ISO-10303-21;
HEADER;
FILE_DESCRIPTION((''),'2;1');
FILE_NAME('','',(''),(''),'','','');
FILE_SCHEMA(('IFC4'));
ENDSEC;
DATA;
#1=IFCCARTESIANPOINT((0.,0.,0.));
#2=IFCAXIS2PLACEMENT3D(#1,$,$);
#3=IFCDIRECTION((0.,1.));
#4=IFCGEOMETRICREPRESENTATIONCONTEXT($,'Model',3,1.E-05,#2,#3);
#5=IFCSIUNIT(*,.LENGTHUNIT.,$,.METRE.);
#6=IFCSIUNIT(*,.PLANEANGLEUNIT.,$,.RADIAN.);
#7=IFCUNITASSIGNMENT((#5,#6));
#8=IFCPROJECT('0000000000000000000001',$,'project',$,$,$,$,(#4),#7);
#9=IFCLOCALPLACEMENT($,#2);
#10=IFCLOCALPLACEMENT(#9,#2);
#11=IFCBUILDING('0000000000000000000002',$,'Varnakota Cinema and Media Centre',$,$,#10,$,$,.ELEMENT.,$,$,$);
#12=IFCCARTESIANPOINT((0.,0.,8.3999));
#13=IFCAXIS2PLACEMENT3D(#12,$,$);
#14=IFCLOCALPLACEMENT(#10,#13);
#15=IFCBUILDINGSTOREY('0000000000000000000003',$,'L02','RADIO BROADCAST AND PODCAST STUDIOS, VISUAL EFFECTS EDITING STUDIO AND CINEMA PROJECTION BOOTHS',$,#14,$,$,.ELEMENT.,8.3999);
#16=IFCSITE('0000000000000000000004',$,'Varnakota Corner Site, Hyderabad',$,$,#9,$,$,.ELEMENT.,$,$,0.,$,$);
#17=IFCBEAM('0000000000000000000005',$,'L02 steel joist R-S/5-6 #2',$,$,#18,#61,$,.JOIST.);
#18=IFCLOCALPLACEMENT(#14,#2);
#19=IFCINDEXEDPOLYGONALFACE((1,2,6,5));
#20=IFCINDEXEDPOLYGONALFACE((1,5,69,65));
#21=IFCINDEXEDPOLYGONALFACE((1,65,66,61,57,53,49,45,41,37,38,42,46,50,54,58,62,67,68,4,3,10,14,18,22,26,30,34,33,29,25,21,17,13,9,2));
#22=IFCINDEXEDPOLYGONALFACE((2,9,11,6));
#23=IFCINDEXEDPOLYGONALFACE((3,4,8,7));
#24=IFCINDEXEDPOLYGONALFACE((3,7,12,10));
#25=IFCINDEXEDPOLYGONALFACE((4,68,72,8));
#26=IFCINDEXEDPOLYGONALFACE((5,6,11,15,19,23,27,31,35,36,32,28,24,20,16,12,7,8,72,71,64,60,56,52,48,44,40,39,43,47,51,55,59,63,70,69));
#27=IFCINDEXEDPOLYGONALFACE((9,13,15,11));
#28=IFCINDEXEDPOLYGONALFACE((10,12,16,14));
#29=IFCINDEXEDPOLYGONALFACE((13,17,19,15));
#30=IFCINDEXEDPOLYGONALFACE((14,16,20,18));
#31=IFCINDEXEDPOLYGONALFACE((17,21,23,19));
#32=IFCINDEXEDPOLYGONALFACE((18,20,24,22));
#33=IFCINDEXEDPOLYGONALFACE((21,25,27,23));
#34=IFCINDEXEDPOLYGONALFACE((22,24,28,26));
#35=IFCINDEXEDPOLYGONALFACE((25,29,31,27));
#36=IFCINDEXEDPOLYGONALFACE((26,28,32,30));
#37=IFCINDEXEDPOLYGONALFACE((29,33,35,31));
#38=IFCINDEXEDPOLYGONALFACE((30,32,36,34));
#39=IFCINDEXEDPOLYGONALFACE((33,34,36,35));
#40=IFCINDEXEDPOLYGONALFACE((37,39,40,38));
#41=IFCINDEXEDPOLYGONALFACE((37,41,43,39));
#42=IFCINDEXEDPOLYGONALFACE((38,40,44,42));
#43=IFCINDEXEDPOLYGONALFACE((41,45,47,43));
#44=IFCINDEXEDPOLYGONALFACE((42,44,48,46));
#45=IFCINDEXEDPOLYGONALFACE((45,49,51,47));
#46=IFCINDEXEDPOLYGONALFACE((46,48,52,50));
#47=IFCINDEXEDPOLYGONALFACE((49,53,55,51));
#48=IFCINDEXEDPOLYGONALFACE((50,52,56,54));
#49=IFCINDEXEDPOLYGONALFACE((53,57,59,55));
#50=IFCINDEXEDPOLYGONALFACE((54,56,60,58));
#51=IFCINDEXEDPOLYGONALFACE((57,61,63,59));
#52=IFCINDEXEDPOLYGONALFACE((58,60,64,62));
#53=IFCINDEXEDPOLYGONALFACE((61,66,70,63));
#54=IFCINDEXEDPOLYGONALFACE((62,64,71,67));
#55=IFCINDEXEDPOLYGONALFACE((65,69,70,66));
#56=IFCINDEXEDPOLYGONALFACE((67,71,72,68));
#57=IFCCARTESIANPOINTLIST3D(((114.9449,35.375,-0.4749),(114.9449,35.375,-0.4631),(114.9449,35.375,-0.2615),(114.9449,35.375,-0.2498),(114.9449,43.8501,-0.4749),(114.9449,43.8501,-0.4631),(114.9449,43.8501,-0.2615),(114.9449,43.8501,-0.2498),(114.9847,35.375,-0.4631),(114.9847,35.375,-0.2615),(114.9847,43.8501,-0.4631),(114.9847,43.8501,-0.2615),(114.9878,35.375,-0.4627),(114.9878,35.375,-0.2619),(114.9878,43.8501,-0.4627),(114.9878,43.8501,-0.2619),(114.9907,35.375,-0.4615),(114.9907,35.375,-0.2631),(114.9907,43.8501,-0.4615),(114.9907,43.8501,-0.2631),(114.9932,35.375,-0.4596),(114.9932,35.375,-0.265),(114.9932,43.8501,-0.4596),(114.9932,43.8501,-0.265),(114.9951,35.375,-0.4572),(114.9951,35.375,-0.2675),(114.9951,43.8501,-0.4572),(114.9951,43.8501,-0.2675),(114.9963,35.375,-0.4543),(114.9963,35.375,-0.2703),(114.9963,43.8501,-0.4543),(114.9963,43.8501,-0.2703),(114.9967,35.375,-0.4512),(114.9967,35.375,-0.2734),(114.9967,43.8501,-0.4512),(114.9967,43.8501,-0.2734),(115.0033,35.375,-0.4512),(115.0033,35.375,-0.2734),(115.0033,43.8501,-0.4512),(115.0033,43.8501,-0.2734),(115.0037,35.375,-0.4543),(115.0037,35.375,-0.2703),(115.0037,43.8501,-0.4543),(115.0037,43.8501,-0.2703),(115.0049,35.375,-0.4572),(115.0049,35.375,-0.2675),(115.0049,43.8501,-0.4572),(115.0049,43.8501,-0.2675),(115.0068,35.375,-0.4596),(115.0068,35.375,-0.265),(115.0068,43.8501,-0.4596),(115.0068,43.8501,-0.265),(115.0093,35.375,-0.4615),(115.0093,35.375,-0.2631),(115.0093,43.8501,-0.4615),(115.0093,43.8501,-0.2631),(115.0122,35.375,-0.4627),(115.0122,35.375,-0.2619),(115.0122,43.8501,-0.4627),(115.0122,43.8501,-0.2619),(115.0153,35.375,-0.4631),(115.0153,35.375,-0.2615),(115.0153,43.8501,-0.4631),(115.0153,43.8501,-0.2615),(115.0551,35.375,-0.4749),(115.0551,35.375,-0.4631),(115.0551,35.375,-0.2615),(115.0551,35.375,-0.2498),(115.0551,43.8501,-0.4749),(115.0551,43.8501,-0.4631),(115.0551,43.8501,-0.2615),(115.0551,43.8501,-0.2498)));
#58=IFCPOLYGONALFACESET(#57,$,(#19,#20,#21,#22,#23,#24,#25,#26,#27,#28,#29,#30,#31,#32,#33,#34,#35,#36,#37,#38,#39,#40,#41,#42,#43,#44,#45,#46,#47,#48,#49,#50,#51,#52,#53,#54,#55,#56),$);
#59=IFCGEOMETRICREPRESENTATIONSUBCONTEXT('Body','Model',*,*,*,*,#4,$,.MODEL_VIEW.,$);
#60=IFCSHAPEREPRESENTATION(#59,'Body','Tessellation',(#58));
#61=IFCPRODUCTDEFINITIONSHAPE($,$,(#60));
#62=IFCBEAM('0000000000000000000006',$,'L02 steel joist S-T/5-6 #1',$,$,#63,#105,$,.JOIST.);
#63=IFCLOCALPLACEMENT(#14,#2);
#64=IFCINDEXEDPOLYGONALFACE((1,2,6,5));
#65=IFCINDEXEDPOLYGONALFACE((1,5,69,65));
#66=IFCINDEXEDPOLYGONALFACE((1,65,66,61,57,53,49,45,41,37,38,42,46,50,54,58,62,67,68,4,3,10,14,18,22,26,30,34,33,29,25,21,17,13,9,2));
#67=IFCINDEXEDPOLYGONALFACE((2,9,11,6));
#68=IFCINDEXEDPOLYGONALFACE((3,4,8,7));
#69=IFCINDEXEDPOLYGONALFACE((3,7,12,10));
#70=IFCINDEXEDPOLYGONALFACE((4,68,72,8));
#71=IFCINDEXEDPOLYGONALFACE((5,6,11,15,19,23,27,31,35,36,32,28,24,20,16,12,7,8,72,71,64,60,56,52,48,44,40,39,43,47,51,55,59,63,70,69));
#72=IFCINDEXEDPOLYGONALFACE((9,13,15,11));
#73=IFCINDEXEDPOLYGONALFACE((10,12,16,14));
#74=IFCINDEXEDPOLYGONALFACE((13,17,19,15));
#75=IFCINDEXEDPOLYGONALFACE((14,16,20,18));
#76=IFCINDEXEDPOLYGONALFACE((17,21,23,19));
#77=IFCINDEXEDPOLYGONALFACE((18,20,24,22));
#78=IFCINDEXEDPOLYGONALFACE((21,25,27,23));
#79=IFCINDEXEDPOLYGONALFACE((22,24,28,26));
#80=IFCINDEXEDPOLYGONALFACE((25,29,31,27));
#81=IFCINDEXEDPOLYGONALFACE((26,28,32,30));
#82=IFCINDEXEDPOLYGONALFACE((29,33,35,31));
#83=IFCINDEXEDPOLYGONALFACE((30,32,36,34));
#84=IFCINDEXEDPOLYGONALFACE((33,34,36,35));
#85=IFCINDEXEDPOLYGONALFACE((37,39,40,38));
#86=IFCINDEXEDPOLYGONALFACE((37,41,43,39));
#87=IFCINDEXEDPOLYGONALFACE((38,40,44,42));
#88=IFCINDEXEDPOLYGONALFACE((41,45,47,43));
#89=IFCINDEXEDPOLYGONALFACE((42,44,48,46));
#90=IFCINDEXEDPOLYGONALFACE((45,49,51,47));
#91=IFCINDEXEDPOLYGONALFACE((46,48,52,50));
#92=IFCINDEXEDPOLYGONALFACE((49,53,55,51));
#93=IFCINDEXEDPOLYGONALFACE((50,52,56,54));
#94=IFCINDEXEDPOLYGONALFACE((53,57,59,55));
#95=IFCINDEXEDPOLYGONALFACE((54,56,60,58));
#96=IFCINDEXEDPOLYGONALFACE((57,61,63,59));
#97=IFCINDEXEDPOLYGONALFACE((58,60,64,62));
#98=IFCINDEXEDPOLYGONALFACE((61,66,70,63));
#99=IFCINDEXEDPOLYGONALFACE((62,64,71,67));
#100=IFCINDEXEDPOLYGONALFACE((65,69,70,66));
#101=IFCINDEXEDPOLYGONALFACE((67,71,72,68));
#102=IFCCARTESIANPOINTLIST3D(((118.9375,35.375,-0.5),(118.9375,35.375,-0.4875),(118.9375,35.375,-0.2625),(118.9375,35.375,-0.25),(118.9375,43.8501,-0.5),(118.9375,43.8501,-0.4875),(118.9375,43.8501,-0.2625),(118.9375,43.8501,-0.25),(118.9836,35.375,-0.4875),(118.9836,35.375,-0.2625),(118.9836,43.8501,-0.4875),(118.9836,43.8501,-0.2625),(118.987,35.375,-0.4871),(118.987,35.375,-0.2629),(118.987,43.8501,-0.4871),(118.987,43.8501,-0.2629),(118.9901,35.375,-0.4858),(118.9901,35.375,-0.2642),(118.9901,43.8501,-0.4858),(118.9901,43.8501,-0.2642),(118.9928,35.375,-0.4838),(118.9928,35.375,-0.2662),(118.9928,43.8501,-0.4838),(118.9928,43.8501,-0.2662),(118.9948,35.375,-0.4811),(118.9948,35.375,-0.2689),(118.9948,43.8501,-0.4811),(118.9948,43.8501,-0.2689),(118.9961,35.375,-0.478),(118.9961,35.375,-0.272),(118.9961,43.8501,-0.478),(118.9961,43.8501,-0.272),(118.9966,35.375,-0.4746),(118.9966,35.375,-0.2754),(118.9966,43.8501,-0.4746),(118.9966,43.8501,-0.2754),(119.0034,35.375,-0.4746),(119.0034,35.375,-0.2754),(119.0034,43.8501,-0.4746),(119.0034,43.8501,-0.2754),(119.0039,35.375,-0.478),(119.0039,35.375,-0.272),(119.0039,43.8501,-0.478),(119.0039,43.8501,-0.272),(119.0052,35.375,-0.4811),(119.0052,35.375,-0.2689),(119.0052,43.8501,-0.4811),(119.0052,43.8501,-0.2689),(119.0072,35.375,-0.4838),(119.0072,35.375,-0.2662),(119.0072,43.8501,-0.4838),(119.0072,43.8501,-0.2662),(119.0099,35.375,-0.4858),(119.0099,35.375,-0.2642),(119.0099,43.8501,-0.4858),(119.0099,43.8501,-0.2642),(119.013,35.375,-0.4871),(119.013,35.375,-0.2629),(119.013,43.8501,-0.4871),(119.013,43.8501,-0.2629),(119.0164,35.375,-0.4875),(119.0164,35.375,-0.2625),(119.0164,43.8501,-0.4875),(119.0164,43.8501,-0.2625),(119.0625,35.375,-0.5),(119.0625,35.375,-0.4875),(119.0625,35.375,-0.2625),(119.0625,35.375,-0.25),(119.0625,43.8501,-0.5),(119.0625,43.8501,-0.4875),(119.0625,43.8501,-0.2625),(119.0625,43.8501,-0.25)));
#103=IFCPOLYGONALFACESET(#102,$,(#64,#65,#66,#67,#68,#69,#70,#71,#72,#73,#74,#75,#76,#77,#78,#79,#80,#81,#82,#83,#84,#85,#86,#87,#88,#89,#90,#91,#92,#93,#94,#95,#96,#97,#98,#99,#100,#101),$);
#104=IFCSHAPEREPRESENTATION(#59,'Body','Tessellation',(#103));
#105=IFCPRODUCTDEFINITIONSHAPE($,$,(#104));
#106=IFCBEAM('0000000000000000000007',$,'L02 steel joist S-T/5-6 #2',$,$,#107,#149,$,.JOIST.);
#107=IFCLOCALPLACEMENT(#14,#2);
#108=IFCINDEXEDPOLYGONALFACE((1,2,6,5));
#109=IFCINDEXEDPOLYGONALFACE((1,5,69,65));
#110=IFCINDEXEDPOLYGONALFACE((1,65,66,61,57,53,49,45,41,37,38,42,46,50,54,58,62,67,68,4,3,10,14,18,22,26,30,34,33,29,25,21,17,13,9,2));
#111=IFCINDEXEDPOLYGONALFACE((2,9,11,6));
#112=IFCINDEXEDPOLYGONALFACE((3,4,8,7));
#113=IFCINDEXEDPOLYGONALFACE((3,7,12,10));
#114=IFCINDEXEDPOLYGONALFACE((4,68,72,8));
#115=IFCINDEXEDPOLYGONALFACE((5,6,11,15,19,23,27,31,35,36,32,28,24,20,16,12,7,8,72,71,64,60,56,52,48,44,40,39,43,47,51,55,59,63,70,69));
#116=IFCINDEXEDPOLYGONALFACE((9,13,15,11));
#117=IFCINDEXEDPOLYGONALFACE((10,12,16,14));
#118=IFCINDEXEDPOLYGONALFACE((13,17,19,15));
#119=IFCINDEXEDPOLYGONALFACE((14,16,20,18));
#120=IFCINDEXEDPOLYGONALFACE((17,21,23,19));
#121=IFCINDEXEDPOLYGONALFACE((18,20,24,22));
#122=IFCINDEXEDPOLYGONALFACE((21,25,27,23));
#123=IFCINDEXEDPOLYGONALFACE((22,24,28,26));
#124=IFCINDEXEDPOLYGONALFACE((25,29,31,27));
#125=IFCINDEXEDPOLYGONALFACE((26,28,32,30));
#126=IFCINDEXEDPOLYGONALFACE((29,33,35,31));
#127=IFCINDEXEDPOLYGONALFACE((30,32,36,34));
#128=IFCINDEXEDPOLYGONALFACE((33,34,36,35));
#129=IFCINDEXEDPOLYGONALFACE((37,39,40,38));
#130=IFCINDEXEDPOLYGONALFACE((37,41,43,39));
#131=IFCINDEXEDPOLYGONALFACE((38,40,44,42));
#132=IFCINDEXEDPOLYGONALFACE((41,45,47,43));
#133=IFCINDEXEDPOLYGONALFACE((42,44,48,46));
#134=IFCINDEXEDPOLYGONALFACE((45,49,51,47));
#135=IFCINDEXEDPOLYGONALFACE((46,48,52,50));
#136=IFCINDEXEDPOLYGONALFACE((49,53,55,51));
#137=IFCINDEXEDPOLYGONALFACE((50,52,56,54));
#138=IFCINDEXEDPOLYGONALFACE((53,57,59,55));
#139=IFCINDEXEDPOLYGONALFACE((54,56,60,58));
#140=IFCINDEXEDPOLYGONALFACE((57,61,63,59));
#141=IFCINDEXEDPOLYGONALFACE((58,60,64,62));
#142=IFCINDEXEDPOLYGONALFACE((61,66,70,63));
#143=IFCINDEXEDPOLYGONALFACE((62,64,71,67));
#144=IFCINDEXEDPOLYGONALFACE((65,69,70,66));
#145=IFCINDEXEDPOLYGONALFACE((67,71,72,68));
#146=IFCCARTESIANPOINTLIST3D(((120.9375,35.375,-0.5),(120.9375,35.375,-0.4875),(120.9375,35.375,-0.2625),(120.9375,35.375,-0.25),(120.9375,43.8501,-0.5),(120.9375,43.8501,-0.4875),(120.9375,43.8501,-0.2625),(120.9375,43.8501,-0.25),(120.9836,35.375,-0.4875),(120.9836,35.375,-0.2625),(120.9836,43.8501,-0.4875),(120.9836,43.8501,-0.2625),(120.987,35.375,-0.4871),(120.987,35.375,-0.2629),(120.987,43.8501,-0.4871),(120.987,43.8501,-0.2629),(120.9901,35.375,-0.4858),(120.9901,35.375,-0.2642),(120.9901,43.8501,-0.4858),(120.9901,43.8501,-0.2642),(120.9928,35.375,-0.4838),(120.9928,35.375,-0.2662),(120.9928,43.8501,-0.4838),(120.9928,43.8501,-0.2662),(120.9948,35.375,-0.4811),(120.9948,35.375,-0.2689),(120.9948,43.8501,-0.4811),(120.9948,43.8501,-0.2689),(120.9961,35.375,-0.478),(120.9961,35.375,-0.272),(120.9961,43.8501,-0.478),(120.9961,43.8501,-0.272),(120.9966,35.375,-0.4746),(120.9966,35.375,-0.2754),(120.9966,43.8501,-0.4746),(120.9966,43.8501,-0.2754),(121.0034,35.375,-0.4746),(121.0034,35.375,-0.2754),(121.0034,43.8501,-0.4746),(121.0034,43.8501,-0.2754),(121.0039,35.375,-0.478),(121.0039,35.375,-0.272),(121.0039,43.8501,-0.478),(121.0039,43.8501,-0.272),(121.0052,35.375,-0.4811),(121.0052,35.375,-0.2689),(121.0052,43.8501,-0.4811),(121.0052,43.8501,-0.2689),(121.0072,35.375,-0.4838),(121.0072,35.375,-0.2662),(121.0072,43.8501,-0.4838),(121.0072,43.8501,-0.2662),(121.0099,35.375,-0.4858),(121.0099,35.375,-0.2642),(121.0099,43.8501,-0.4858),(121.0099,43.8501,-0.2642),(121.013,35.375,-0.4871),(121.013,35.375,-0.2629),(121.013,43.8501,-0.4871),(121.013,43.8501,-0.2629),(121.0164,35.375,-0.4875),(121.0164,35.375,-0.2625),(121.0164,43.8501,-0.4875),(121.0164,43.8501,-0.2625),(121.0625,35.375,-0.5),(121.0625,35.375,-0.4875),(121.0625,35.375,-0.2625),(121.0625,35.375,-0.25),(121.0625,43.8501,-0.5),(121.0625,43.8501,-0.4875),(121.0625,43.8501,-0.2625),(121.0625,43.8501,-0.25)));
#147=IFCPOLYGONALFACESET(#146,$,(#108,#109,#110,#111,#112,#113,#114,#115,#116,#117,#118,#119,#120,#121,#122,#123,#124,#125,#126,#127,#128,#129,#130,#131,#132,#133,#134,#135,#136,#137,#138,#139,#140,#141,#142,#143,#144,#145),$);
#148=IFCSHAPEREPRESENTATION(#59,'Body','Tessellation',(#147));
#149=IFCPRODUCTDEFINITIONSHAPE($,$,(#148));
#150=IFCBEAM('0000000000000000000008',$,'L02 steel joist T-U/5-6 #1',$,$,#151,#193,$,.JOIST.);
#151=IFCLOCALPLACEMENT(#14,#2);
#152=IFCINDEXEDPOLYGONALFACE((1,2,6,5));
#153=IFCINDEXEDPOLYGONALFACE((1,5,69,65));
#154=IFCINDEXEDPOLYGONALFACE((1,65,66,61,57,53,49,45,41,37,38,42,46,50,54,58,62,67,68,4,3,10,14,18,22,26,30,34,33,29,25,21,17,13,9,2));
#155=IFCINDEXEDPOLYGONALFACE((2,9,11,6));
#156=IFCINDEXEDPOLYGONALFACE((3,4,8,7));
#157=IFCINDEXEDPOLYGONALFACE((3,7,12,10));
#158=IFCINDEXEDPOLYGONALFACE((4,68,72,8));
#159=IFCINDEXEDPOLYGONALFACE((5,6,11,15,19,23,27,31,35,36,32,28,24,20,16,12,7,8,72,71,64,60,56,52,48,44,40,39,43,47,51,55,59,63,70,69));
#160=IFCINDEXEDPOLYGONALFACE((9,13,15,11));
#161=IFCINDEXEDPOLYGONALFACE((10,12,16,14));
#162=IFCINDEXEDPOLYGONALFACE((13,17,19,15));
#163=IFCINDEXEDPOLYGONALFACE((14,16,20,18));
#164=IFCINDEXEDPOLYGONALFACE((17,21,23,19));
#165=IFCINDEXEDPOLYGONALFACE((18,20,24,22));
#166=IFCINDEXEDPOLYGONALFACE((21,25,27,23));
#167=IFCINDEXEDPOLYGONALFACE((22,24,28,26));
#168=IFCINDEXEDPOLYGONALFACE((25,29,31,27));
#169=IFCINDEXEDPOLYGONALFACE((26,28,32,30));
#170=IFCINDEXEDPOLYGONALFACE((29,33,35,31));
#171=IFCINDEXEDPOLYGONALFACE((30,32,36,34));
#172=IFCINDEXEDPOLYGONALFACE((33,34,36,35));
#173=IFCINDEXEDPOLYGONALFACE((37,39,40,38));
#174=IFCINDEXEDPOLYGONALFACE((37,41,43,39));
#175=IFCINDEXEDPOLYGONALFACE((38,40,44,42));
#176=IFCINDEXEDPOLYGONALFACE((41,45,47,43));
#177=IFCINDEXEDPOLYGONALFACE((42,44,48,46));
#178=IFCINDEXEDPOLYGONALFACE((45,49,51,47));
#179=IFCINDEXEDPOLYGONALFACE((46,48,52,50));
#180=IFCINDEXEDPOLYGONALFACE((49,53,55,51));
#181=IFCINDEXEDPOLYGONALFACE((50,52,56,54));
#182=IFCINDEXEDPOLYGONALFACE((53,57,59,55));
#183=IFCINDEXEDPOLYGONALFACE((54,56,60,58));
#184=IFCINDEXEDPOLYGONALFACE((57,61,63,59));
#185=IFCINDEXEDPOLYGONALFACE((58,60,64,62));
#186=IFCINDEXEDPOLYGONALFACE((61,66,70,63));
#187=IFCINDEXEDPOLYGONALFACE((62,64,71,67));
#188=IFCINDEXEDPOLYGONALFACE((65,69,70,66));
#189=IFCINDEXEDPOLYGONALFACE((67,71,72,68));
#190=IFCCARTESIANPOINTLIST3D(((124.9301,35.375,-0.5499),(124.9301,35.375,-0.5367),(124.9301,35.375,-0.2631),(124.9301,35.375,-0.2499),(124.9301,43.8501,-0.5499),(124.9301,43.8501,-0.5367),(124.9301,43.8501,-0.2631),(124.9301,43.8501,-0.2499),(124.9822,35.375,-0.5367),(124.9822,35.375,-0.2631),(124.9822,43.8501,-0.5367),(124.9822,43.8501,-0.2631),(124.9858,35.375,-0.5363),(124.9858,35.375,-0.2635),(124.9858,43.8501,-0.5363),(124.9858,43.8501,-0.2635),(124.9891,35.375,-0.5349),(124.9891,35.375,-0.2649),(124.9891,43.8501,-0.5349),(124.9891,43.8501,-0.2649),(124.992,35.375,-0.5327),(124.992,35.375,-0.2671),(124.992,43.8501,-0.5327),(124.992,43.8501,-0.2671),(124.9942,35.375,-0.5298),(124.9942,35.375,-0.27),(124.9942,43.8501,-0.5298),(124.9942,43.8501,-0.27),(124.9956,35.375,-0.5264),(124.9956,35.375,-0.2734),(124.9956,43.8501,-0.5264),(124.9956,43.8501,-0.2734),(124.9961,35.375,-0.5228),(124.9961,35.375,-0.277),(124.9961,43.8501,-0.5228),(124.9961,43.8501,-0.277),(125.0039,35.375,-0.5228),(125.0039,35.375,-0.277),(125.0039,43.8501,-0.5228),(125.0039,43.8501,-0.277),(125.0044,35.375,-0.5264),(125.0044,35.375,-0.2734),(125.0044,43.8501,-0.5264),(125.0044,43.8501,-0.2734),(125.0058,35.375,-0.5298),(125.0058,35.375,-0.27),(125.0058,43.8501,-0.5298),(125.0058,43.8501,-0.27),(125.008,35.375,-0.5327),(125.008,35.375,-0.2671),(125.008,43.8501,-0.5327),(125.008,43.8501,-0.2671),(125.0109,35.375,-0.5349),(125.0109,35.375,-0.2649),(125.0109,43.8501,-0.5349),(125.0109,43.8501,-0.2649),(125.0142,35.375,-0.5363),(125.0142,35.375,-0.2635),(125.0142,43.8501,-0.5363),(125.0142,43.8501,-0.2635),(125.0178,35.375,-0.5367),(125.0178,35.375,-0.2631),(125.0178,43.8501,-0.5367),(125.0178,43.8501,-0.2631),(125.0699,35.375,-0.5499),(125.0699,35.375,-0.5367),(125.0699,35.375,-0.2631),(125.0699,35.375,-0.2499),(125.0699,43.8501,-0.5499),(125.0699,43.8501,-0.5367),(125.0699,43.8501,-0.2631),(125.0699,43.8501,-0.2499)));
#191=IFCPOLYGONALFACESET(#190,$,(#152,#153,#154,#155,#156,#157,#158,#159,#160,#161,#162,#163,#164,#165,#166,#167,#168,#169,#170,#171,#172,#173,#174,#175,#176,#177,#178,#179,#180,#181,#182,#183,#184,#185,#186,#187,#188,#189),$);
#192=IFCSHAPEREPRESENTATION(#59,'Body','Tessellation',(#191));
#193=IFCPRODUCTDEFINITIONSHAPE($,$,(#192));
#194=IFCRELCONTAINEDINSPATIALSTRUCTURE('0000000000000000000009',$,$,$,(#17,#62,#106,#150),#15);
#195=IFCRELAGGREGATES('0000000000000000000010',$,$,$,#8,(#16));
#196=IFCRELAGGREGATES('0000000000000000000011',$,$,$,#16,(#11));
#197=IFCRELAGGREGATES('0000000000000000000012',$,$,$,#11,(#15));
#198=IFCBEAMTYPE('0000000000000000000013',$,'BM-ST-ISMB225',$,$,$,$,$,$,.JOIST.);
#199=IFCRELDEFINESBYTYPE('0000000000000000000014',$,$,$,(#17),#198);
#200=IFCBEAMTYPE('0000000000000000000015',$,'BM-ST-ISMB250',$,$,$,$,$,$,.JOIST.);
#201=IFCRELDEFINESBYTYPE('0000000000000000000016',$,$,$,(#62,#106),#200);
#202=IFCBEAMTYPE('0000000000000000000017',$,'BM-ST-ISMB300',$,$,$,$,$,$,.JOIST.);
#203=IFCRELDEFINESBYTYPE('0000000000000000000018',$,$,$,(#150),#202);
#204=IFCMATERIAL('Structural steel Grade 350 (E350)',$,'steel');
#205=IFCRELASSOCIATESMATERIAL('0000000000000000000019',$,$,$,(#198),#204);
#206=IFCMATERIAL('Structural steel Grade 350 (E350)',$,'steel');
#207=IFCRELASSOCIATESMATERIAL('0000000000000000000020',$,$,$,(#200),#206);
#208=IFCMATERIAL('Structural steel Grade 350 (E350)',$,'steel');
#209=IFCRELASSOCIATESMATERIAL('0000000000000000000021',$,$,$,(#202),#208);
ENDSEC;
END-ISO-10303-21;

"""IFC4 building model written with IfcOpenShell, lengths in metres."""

from ifc_helpers import new_model, si_unit, direction, frame, origin, origin_2d, place, context, subcontext, project, spatial, i_section, extrude, material, material_profile, profile_set, type_object, element, save


model = new_model("IFC4")

# Units and contexts
model_context = context("Model", 3, precision=1e-05, world=origin(), true_north=direction((0.0, 1.0)))
body_context = subcontext(model_context, "Body", "Model", "MODEL_VIEW")
ifc_project = project(units=[si_unit("LENGTHUNIT", "METRE"), si_unit("PLANEANGLEUNIT", "RADIAN")], contexts=[model_context])

# Site, building, storey
site_placement = place(None, origin())
site = spatial("IfcSite", under=ifc_project, at=site_placement, Name="Varnakota Corner Site, Hyderabad", CompositionType="ELEMENT", RefElevation=0.0)
building_placement = place(site_placement, origin())
building = spatial("IfcBuilding", under=site, at=building_placement, Name="Varnakota Cinema and Media Centre", CompositionType="ELEMENT")
storey_placement = place(building_placement, frame((0.0, 0.0, 8.3999)))
storey = spatial("IfcBuildingStorey", under=building, at=storey_placement, Name="L02", Description="RADIO BROADCAST AND PODCAST STUDIOS, VISUAL EFFECTS EDITING STUDIO AND CINEMA PROJECTION BOOTHS", CompositionType="ELEMENT", Elevation=8.3999)

# Beams
ifc_material_1 = material(Name="Structural steel Grade 350 (E350)", Category="steel")
ifc_material_profile_1 = material_profile(ifc_material_1, i_section(OverallWidth=0.1101, OverallDepth=0.2251, WebThickness=0.0066, FlangeThickness=0.0117, FilletRadius=0.012, at=origin_2d()), Name="ISMB 225")
ifc_profile_set_1 = profile_set([ifc_material_profile_1], Name="Structural steel Grade 350 (E350)")
beam_type_1 = type_object("IfcBeamType", Name="BM-ST-ISMB225", PredefinedType="JOIST", material=ifc_profile_set_1)
for number, where, z_axis, x_axis, name in (
    (1, (115.0, 35.375, -0.3623), (0.0, 1.0, 0.0), (-1.0, 0.0, 0.0), "L02 steel joist R-S/5-6 #2"),
):
    element("IfcBeam", number, at=place(storey_placement, frame(where, z_axis=z_axis, x_axis=x_axis)), inside=storey, type_object=beam_type_1, Name=name, PredefinedType="JOIST", context=body_context, shape_type="SweptSolid", body=[
        extrude(i_section(OverallWidth=0.1101, OverallDepth=0.2251, WebThickness=0.0066, FlangeThickness=0.0117, FilletRadius=0.012, at=origin_2d()), origin(), (0.0, 0.0, 1.0), 8.4751),
    ])
ifc_material_2 = material(Name="Structural steel Grade 350 (E350)", Category="steel")
ifc_material_profile_2 = material_profile(ifc_material_2, i_section(OverallWidth=0.125, OverallDepth=0.25, WebThickness=0.0068, FlangeThickness=0.0125, FilletRadius=0.0129, at=origin_2d()), Name="ISMB 250")
ifc_profile_set_2 = profile_set([ifc_material_profile_2], Name="Structural steel Grade 350 (E350)")
beam_type_2 = type_object("IfcBeamType", Name="BM-ST-ISMB250", PredefinedType="JOIST", material=ifc_profile_set_2)
for number, where, z_axis, x_axis, name in (
    (2, (119.0, 35.375, -0.375), (0.0, 1.0, 0.0), (-1.0, 0.0, 0.0), "L02 steel joist S-T/5-6 #1"),
    (3, (121.0, 35.375, -0.375), (0.0, 1.0, 0.0), (-1.0, 0.0, 0.0), "L02 steel joist S-T/5-6 #2"),
):
    element("IfcBeam", number, at=place(storey_placement, frame(where, z_axis=z_axis, x_axis=x_axis)), inside=storey, type_object=beam_type_2, Name=name, PredefinedType="JOIST", context=body_context, shape_type="SweptSolid", body=[
        extrude(i_section(OverallWidth=0.125, OverallDepth=0.25, WebThickness=0.0068, FlangeThickness=0.0125, FilletRadius=0.0129, at=origin_2d()), origin(), (0.0, 0.0, 1.0), 8.4751),
    ])
ifc_material_3 = material(Name="Structural steel Grade 350 (E350)", Category="steel")
ifc_material_profile_3 = material_profile(ifc_material_3, i_section(OverallWidth=0.1399, OverallDepth=0.3, WebThickness=0.0078, FlangeThickness=0.0132, FilletRadius=0.0139, at=origin_2d()), Name="ISMB 300")
ifc_profile_set_3 = profile_set([ifc_material_profile_3], Name="Structural steel Grade 350 (E350)")
beam_type_3 = type_object("IfcBeamType", Name="BM-ST-ISMB300", PredefinedType="JOIST", material=ifc_profile_set_3)
beam_1_placement = place(storey_placement, frame((125.0, 35.375, -0.3999), z_axis=(0.0, 1.0, 0.0), x_axis=(-1.0, 0.0, 0.0)))
element("IfcBeam", 4, at=beam_1_placement, inside=storey, type_object=beam_type_3, Name="L02 steel joist T-U/5-6 #1", PredefinedType="JOIST", context=body_context, shape_type="SweptSolid", body=[
    extrude(i_section(OverallWidth=0.1399, OverallDepth=0.3, WebThickness=0.0078, FlangeThickness=0.0132, FilletRadius=0.0139, at=origin_2d()), origin(), (0.0, 0.0, 1.0), 8.4751),
])

save(model, "model.ifc")
